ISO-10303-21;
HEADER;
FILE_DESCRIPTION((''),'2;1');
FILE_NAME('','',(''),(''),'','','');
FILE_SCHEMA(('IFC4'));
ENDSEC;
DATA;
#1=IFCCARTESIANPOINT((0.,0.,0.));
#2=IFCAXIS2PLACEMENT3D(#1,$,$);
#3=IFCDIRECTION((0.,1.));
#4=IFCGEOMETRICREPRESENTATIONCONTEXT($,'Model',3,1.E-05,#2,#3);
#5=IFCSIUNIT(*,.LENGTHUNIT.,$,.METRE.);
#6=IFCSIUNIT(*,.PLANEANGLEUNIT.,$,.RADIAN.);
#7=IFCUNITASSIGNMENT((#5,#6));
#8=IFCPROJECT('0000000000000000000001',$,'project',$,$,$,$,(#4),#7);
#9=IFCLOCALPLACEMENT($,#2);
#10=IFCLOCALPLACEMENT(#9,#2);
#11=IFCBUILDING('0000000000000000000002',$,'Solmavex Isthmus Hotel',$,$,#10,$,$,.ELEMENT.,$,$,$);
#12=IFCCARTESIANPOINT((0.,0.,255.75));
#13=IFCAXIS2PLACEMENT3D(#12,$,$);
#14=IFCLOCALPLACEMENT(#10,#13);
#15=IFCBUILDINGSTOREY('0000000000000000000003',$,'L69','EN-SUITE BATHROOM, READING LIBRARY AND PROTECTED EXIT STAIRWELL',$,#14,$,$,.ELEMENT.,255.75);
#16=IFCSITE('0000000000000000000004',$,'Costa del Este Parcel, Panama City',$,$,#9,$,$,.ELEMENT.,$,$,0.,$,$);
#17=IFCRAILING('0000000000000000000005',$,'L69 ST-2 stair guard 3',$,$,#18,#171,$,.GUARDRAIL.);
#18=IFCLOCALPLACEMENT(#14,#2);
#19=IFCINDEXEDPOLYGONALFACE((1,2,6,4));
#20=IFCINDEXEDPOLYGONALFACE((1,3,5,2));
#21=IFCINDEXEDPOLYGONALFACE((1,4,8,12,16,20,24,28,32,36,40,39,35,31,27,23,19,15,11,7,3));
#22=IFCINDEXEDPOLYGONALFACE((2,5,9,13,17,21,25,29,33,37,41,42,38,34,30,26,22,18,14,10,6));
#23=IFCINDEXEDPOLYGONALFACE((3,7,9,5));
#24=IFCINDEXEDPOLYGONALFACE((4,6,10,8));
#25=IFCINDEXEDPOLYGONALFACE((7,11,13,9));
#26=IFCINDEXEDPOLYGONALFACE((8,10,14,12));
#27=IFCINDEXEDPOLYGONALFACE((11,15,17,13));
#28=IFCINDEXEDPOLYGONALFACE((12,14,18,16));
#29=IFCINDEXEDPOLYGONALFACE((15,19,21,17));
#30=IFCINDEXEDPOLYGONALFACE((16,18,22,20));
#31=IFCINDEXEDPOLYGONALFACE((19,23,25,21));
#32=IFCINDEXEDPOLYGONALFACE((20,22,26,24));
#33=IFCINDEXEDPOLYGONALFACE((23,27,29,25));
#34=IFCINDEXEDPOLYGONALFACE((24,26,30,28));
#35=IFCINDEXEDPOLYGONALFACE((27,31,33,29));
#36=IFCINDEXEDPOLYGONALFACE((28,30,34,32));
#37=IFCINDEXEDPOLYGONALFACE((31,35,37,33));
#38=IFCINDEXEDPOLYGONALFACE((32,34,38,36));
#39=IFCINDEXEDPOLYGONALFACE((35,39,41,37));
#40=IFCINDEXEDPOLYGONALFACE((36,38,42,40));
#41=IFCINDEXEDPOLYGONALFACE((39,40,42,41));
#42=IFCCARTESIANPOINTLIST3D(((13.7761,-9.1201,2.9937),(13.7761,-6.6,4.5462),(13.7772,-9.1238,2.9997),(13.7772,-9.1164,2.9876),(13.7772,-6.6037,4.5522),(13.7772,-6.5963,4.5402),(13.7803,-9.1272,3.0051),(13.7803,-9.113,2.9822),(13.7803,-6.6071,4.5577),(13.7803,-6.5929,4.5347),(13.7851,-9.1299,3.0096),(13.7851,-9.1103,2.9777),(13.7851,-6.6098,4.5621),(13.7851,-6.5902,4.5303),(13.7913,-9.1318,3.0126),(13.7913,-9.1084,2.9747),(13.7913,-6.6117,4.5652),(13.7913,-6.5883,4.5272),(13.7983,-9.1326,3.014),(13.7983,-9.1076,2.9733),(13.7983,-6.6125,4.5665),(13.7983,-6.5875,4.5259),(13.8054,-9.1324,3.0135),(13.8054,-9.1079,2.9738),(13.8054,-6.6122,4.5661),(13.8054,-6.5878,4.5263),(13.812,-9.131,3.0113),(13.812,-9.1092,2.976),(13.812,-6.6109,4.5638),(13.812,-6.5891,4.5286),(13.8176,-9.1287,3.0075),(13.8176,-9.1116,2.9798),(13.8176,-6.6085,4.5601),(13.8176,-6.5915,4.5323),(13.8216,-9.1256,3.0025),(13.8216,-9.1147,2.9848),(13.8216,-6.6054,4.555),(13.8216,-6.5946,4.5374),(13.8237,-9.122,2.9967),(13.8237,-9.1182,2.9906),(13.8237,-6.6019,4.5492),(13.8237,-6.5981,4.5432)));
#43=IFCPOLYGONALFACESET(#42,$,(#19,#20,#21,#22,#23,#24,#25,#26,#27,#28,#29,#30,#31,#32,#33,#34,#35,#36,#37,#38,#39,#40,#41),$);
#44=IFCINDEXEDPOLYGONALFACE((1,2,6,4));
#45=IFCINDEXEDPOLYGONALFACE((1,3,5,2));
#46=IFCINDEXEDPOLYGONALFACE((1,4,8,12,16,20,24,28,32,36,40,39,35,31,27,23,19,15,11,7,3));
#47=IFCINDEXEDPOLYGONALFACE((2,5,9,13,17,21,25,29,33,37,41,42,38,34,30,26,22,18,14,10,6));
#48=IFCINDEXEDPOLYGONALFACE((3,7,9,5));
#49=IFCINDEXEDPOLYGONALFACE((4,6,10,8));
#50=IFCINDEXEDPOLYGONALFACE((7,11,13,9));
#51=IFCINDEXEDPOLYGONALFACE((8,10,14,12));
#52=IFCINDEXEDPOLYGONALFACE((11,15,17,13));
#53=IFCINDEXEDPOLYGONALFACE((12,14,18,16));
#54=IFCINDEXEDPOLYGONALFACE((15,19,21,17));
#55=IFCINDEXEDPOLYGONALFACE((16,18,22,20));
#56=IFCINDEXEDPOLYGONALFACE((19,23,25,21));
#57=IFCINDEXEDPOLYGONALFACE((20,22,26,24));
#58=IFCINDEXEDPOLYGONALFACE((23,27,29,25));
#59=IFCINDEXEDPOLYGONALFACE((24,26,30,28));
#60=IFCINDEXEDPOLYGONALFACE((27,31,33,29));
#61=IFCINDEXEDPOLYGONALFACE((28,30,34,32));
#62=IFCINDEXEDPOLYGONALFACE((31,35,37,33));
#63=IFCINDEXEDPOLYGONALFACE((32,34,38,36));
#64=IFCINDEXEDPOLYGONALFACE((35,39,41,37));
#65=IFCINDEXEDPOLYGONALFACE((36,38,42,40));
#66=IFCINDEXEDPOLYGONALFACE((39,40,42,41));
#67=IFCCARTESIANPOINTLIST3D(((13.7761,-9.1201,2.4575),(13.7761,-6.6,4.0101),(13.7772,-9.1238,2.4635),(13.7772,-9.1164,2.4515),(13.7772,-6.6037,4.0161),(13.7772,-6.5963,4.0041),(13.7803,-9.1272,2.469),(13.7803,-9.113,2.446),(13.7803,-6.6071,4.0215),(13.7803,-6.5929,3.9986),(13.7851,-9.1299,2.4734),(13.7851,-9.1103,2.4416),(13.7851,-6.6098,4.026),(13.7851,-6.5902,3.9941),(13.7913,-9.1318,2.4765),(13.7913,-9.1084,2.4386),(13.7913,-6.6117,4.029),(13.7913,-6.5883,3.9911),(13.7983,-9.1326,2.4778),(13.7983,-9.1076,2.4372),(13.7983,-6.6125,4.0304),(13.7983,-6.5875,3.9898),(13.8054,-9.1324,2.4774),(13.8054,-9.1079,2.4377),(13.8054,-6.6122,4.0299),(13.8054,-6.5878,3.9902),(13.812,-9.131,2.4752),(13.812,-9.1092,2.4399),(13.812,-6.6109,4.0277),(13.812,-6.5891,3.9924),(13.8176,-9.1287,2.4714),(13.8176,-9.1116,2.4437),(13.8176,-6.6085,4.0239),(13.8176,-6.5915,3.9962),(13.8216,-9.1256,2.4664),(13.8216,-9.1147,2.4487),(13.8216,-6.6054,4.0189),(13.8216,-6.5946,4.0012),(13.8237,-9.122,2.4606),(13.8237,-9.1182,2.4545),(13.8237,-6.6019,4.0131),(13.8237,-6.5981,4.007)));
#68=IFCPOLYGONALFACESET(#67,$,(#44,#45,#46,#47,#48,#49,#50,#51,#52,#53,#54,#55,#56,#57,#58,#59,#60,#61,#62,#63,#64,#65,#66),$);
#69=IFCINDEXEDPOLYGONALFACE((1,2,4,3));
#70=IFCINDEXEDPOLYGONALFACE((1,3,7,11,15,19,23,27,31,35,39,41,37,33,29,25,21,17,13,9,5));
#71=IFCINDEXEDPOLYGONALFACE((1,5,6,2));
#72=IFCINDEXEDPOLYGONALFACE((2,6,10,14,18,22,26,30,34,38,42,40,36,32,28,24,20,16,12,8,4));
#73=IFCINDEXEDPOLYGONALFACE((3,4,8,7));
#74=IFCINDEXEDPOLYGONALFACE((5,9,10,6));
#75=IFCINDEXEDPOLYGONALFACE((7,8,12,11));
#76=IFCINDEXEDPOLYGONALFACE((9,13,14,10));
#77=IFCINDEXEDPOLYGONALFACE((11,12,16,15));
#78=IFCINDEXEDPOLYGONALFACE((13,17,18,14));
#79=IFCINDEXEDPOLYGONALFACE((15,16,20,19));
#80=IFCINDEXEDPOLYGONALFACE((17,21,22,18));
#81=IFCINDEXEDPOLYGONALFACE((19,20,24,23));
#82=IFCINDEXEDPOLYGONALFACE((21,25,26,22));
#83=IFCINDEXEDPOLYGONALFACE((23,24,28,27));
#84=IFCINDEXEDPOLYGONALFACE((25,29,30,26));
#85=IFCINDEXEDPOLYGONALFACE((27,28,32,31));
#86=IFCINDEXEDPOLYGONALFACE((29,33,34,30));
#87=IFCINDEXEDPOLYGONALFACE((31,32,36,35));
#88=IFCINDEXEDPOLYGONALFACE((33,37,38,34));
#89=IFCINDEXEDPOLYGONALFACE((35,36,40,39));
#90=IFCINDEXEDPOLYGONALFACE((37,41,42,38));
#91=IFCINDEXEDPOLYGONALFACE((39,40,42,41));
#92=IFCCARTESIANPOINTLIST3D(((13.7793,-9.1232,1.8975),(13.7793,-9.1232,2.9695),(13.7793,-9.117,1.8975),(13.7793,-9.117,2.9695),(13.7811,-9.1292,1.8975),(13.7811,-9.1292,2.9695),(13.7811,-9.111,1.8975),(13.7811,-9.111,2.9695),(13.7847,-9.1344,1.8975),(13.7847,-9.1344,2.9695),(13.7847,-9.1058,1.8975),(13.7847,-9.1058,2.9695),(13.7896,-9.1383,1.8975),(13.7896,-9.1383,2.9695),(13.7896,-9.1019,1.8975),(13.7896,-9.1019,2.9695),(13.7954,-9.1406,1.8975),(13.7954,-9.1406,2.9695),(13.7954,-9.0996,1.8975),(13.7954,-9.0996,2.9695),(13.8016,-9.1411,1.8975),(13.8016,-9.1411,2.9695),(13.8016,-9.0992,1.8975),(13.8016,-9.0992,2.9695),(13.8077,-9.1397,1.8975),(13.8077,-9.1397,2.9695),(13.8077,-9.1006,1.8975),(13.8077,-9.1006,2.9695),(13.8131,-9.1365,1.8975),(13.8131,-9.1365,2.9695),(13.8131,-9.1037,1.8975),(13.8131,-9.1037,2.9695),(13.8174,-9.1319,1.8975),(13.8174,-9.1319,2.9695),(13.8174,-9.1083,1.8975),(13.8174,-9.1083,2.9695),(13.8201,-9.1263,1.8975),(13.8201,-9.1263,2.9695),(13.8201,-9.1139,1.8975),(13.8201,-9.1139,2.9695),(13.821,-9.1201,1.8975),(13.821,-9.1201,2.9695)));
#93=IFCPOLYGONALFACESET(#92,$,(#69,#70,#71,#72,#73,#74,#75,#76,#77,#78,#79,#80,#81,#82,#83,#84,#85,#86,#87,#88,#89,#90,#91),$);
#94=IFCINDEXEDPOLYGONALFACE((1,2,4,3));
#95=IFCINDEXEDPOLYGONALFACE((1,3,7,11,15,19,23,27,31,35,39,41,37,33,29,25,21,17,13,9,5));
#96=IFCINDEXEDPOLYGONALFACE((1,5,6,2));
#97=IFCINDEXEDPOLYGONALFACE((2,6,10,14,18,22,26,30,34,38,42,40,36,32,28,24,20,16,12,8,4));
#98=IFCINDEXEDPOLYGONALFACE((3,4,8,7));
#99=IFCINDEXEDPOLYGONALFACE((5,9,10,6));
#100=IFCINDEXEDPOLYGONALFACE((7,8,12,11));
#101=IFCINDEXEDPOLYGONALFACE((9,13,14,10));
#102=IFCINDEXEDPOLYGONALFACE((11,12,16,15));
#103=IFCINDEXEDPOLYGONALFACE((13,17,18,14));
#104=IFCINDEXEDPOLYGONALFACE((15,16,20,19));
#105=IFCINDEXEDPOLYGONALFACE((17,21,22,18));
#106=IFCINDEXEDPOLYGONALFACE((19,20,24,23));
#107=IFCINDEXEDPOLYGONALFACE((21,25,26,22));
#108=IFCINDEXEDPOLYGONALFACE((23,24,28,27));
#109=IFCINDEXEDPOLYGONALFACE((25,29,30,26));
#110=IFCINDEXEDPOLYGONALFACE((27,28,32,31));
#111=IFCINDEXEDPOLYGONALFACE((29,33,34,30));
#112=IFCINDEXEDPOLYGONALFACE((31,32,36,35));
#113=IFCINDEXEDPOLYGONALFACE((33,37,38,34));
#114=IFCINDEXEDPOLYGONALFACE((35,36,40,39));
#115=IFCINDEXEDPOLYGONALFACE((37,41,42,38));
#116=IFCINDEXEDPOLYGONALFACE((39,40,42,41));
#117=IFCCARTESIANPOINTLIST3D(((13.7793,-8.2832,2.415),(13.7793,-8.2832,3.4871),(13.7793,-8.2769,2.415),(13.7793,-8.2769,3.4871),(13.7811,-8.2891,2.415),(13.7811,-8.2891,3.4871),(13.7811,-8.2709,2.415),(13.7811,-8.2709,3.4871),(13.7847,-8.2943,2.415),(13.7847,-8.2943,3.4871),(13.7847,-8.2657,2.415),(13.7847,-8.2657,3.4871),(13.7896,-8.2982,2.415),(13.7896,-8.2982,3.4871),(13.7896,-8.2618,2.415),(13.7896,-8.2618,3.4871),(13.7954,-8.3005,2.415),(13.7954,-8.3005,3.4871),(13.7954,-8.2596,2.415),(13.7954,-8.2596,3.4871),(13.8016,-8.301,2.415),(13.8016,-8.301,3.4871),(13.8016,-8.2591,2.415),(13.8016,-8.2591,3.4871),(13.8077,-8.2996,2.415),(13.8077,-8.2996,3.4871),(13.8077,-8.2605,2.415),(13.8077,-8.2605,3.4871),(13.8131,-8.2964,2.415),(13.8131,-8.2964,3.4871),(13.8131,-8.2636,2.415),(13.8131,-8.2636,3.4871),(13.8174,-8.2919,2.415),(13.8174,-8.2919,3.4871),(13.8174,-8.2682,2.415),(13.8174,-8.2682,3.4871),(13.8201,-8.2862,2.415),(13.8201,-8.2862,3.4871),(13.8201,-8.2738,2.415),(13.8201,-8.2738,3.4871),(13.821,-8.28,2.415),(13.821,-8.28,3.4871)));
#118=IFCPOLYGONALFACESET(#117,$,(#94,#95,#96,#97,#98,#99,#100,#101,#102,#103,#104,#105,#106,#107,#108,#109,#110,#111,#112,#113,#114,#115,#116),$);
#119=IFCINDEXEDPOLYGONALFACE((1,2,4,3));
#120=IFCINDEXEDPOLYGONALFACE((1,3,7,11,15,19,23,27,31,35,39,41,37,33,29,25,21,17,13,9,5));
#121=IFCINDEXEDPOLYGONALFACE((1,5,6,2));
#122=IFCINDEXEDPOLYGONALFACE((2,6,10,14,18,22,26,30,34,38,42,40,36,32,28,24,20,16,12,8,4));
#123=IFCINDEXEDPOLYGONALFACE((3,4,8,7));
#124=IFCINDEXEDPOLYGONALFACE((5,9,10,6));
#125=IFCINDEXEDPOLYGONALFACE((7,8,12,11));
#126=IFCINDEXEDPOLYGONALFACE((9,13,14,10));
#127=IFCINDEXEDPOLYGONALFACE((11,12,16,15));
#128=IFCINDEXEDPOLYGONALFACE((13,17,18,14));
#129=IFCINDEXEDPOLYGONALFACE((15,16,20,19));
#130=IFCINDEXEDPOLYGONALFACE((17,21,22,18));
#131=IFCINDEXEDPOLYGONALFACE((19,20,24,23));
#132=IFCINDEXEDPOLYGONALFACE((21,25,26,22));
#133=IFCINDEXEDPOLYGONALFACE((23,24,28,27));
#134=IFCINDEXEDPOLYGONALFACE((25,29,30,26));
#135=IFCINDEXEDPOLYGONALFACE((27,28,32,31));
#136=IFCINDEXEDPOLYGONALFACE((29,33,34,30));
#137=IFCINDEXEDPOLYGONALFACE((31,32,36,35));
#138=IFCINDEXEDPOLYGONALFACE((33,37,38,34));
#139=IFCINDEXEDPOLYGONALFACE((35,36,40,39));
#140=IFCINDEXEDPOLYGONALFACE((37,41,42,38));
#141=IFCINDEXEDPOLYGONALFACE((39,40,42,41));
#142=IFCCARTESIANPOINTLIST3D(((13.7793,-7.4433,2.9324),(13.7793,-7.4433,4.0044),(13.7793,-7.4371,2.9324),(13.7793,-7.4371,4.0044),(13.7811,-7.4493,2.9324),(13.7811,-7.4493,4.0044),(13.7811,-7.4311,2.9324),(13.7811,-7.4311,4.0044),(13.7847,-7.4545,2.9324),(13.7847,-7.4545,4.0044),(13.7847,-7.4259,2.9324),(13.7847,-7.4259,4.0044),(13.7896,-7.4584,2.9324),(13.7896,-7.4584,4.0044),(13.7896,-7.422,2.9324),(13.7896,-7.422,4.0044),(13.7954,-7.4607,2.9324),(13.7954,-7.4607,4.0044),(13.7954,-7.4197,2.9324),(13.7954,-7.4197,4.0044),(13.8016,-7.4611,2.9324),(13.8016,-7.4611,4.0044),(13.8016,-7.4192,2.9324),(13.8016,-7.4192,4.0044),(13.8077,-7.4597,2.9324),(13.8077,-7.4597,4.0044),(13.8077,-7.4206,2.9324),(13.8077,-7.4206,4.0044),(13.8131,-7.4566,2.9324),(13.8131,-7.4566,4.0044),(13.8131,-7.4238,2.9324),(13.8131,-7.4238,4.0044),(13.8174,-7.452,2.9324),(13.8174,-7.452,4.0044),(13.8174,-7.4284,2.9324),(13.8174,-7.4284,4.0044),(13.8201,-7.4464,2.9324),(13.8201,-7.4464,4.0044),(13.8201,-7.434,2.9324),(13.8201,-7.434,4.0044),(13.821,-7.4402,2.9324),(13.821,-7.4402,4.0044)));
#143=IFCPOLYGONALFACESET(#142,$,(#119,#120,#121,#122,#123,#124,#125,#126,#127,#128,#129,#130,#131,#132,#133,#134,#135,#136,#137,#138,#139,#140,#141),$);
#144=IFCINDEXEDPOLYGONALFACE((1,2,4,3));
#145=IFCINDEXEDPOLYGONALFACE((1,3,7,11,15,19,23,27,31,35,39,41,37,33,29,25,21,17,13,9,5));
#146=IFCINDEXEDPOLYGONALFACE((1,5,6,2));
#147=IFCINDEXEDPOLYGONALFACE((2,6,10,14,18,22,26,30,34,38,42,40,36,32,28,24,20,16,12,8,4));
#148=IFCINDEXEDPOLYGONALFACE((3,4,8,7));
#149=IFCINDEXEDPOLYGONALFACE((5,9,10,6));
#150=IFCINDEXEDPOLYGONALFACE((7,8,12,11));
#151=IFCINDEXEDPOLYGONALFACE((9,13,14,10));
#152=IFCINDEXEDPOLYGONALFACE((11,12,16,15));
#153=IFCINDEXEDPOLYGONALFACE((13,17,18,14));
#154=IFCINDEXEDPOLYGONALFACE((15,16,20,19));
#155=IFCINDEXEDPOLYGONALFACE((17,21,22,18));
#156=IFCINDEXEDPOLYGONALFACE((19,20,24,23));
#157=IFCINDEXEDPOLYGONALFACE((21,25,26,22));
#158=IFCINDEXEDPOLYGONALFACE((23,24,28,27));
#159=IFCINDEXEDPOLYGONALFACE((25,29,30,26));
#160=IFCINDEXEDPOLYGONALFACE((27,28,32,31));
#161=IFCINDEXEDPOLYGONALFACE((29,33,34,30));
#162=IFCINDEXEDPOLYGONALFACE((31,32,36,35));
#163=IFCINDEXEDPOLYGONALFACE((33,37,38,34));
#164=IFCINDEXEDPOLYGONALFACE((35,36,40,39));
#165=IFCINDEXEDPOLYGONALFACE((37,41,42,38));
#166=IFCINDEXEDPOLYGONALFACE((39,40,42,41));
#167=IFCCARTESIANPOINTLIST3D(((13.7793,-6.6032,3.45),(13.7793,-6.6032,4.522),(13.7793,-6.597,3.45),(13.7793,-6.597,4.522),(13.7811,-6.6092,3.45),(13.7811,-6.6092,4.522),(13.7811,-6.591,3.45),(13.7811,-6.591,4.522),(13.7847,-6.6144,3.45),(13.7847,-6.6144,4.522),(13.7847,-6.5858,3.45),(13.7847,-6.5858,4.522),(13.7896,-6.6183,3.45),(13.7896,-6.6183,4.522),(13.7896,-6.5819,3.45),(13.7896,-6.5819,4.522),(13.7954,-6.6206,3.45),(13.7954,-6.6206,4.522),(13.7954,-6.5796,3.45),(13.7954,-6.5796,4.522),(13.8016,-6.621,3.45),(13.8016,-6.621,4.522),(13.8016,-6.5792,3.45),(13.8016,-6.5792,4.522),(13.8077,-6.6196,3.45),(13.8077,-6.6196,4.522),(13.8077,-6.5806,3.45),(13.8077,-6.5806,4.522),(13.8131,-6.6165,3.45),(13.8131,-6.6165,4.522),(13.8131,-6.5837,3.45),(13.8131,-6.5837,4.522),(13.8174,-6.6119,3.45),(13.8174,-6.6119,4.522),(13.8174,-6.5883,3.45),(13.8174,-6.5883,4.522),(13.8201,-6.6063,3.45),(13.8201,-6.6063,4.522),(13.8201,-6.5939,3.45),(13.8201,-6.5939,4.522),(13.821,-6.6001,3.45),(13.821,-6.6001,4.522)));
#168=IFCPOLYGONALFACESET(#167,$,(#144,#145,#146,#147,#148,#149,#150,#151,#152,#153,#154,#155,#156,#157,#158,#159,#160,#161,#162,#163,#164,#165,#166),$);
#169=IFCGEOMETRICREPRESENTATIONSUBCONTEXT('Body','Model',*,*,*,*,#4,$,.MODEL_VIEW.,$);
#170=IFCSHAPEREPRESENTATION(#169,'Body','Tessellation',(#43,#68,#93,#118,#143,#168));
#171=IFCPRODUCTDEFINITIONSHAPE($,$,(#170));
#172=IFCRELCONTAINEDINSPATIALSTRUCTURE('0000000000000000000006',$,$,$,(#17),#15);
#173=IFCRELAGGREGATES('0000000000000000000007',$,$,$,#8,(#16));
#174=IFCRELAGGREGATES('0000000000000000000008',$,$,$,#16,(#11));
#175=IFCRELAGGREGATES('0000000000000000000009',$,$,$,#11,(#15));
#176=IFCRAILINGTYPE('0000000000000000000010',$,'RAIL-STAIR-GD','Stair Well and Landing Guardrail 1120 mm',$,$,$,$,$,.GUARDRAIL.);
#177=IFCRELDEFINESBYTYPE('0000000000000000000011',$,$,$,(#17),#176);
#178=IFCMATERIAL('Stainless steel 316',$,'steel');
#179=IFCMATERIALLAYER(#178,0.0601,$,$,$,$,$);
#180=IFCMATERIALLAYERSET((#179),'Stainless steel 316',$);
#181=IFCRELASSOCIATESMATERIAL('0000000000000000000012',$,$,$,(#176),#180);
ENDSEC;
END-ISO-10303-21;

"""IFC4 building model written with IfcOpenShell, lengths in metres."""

from ifc_helpers import new_model, si_unit, direction, frame, origin, origin_2d, place, context, subcontext, project, spatial, circle, extrude, material, layer, layer_set, type_object, element, save


model = new_model("IFC4")

# Units and contexts
model_context = context("Model", 3, precision=1e-05, world=origin(), true_north=direction((0.0, 1.0)))
body_context = subcontext(model_context, "Body", "Model", "MODEL_VIEW")
ifc_project = project(units=[si_unit("LENGTHUNIT", "METRE"), si_unit("PLANEANGLEUNIT", "RADIAN")], contexts=[model_context])

# Site, building, storey
site_placement = place(None, origin())
site = spatial("IfcSite", under=ifc_project, at=site_placement, Name="Costa del Este Parcel, Panama City", CompositionType="ELEMENT", RefElevation=0.0)
building_placement = place(site_placement, origin())
building = spatial("IfcBuilding", under=site, at=building_placement, Name="Solmavex Isthmus Hotel", CompositionType="ELEMENT")
storey_placement = place(building_placement, frame((0.0, 0.0, 255.75)))
storey = spatial("IfcBuildingStorey", under=building, at=storey_placement, Name="L69", Description="EN-SUITE BATHROOM, READING LIBRARY AND PROTECTED EXIT STAIRWELL", CompositionType="ELEMENT", Elevation=255.75)

# Shared definitions
ifc_material_1 = material(Name="Stainless steel 316", Category="steel")

# Railing
ifc_layer_1 = layer(ifc_material_1, 0.0601)
ifc_layer_set_1 = layer_set([ifc_layer_1], Name="Stainless steel 316")
railing_type_1 = type_object("IfcRailingType", Name="RAIL-STAIR-GD", Description="Stair Well and Landing Guardrail 1120 mm", PredefinedType="GUARDRAIL", material=ifc_layer_set_1)
railing_1_placement = place(storey_placement, frame((13.8, -9.1201, 1.8975)))
element("IfcRailing", 1, at=railing_1_placement, inside=storey, type_object=railing_type_1, Name="L69 ST-2 stair guard 3", PredefinedType="GUARDRAIL", context=body_context, shape_type="SweptSolid", body=[
    extrude(circle(Radius=0.0239, at=origin_2d()), frame((0.0, 0.0, 1.0962), z_axis=(0.0, 0.8514, 0.524516), x_axis=(-1.0, 0.0, 0.0)), (0.0, 0.0, 1.0), 2.96),
    extrude(circle(Radius=0.0239, at=origin_2d()), frame((0.0, 0.0, 0.5601), z_axis=(0.0, 0.8514, 0.524516), x_axis=(-1.0, 0.0, 0.0)), (0.0, 0.0, 1.0), 2.96),
    extrude(circle(Radius=0.021, at=origin_2d()), origin(), (0.0, 0.0, 1.0), 1.072),
    extrude(circle(Radius=0.021, at=origin_2d()), frame((0.0, 0.8401, 0.5176)), (0.0, 0.0, 1.0), 1.072),
    extrude(circle(Radius=0.021, at=origin_2d()), frame((0.0, 1.6799, 1.0349)), (0.0, 0.0, 1.0), 1.072),
    extrude(circle(Radius=0.021, at=origin_2d()), frame((0.0, 2.52, 1.5525)), (0.0, 0.0, 1.0), 1.072),
])

save(model, "model.ifc")
